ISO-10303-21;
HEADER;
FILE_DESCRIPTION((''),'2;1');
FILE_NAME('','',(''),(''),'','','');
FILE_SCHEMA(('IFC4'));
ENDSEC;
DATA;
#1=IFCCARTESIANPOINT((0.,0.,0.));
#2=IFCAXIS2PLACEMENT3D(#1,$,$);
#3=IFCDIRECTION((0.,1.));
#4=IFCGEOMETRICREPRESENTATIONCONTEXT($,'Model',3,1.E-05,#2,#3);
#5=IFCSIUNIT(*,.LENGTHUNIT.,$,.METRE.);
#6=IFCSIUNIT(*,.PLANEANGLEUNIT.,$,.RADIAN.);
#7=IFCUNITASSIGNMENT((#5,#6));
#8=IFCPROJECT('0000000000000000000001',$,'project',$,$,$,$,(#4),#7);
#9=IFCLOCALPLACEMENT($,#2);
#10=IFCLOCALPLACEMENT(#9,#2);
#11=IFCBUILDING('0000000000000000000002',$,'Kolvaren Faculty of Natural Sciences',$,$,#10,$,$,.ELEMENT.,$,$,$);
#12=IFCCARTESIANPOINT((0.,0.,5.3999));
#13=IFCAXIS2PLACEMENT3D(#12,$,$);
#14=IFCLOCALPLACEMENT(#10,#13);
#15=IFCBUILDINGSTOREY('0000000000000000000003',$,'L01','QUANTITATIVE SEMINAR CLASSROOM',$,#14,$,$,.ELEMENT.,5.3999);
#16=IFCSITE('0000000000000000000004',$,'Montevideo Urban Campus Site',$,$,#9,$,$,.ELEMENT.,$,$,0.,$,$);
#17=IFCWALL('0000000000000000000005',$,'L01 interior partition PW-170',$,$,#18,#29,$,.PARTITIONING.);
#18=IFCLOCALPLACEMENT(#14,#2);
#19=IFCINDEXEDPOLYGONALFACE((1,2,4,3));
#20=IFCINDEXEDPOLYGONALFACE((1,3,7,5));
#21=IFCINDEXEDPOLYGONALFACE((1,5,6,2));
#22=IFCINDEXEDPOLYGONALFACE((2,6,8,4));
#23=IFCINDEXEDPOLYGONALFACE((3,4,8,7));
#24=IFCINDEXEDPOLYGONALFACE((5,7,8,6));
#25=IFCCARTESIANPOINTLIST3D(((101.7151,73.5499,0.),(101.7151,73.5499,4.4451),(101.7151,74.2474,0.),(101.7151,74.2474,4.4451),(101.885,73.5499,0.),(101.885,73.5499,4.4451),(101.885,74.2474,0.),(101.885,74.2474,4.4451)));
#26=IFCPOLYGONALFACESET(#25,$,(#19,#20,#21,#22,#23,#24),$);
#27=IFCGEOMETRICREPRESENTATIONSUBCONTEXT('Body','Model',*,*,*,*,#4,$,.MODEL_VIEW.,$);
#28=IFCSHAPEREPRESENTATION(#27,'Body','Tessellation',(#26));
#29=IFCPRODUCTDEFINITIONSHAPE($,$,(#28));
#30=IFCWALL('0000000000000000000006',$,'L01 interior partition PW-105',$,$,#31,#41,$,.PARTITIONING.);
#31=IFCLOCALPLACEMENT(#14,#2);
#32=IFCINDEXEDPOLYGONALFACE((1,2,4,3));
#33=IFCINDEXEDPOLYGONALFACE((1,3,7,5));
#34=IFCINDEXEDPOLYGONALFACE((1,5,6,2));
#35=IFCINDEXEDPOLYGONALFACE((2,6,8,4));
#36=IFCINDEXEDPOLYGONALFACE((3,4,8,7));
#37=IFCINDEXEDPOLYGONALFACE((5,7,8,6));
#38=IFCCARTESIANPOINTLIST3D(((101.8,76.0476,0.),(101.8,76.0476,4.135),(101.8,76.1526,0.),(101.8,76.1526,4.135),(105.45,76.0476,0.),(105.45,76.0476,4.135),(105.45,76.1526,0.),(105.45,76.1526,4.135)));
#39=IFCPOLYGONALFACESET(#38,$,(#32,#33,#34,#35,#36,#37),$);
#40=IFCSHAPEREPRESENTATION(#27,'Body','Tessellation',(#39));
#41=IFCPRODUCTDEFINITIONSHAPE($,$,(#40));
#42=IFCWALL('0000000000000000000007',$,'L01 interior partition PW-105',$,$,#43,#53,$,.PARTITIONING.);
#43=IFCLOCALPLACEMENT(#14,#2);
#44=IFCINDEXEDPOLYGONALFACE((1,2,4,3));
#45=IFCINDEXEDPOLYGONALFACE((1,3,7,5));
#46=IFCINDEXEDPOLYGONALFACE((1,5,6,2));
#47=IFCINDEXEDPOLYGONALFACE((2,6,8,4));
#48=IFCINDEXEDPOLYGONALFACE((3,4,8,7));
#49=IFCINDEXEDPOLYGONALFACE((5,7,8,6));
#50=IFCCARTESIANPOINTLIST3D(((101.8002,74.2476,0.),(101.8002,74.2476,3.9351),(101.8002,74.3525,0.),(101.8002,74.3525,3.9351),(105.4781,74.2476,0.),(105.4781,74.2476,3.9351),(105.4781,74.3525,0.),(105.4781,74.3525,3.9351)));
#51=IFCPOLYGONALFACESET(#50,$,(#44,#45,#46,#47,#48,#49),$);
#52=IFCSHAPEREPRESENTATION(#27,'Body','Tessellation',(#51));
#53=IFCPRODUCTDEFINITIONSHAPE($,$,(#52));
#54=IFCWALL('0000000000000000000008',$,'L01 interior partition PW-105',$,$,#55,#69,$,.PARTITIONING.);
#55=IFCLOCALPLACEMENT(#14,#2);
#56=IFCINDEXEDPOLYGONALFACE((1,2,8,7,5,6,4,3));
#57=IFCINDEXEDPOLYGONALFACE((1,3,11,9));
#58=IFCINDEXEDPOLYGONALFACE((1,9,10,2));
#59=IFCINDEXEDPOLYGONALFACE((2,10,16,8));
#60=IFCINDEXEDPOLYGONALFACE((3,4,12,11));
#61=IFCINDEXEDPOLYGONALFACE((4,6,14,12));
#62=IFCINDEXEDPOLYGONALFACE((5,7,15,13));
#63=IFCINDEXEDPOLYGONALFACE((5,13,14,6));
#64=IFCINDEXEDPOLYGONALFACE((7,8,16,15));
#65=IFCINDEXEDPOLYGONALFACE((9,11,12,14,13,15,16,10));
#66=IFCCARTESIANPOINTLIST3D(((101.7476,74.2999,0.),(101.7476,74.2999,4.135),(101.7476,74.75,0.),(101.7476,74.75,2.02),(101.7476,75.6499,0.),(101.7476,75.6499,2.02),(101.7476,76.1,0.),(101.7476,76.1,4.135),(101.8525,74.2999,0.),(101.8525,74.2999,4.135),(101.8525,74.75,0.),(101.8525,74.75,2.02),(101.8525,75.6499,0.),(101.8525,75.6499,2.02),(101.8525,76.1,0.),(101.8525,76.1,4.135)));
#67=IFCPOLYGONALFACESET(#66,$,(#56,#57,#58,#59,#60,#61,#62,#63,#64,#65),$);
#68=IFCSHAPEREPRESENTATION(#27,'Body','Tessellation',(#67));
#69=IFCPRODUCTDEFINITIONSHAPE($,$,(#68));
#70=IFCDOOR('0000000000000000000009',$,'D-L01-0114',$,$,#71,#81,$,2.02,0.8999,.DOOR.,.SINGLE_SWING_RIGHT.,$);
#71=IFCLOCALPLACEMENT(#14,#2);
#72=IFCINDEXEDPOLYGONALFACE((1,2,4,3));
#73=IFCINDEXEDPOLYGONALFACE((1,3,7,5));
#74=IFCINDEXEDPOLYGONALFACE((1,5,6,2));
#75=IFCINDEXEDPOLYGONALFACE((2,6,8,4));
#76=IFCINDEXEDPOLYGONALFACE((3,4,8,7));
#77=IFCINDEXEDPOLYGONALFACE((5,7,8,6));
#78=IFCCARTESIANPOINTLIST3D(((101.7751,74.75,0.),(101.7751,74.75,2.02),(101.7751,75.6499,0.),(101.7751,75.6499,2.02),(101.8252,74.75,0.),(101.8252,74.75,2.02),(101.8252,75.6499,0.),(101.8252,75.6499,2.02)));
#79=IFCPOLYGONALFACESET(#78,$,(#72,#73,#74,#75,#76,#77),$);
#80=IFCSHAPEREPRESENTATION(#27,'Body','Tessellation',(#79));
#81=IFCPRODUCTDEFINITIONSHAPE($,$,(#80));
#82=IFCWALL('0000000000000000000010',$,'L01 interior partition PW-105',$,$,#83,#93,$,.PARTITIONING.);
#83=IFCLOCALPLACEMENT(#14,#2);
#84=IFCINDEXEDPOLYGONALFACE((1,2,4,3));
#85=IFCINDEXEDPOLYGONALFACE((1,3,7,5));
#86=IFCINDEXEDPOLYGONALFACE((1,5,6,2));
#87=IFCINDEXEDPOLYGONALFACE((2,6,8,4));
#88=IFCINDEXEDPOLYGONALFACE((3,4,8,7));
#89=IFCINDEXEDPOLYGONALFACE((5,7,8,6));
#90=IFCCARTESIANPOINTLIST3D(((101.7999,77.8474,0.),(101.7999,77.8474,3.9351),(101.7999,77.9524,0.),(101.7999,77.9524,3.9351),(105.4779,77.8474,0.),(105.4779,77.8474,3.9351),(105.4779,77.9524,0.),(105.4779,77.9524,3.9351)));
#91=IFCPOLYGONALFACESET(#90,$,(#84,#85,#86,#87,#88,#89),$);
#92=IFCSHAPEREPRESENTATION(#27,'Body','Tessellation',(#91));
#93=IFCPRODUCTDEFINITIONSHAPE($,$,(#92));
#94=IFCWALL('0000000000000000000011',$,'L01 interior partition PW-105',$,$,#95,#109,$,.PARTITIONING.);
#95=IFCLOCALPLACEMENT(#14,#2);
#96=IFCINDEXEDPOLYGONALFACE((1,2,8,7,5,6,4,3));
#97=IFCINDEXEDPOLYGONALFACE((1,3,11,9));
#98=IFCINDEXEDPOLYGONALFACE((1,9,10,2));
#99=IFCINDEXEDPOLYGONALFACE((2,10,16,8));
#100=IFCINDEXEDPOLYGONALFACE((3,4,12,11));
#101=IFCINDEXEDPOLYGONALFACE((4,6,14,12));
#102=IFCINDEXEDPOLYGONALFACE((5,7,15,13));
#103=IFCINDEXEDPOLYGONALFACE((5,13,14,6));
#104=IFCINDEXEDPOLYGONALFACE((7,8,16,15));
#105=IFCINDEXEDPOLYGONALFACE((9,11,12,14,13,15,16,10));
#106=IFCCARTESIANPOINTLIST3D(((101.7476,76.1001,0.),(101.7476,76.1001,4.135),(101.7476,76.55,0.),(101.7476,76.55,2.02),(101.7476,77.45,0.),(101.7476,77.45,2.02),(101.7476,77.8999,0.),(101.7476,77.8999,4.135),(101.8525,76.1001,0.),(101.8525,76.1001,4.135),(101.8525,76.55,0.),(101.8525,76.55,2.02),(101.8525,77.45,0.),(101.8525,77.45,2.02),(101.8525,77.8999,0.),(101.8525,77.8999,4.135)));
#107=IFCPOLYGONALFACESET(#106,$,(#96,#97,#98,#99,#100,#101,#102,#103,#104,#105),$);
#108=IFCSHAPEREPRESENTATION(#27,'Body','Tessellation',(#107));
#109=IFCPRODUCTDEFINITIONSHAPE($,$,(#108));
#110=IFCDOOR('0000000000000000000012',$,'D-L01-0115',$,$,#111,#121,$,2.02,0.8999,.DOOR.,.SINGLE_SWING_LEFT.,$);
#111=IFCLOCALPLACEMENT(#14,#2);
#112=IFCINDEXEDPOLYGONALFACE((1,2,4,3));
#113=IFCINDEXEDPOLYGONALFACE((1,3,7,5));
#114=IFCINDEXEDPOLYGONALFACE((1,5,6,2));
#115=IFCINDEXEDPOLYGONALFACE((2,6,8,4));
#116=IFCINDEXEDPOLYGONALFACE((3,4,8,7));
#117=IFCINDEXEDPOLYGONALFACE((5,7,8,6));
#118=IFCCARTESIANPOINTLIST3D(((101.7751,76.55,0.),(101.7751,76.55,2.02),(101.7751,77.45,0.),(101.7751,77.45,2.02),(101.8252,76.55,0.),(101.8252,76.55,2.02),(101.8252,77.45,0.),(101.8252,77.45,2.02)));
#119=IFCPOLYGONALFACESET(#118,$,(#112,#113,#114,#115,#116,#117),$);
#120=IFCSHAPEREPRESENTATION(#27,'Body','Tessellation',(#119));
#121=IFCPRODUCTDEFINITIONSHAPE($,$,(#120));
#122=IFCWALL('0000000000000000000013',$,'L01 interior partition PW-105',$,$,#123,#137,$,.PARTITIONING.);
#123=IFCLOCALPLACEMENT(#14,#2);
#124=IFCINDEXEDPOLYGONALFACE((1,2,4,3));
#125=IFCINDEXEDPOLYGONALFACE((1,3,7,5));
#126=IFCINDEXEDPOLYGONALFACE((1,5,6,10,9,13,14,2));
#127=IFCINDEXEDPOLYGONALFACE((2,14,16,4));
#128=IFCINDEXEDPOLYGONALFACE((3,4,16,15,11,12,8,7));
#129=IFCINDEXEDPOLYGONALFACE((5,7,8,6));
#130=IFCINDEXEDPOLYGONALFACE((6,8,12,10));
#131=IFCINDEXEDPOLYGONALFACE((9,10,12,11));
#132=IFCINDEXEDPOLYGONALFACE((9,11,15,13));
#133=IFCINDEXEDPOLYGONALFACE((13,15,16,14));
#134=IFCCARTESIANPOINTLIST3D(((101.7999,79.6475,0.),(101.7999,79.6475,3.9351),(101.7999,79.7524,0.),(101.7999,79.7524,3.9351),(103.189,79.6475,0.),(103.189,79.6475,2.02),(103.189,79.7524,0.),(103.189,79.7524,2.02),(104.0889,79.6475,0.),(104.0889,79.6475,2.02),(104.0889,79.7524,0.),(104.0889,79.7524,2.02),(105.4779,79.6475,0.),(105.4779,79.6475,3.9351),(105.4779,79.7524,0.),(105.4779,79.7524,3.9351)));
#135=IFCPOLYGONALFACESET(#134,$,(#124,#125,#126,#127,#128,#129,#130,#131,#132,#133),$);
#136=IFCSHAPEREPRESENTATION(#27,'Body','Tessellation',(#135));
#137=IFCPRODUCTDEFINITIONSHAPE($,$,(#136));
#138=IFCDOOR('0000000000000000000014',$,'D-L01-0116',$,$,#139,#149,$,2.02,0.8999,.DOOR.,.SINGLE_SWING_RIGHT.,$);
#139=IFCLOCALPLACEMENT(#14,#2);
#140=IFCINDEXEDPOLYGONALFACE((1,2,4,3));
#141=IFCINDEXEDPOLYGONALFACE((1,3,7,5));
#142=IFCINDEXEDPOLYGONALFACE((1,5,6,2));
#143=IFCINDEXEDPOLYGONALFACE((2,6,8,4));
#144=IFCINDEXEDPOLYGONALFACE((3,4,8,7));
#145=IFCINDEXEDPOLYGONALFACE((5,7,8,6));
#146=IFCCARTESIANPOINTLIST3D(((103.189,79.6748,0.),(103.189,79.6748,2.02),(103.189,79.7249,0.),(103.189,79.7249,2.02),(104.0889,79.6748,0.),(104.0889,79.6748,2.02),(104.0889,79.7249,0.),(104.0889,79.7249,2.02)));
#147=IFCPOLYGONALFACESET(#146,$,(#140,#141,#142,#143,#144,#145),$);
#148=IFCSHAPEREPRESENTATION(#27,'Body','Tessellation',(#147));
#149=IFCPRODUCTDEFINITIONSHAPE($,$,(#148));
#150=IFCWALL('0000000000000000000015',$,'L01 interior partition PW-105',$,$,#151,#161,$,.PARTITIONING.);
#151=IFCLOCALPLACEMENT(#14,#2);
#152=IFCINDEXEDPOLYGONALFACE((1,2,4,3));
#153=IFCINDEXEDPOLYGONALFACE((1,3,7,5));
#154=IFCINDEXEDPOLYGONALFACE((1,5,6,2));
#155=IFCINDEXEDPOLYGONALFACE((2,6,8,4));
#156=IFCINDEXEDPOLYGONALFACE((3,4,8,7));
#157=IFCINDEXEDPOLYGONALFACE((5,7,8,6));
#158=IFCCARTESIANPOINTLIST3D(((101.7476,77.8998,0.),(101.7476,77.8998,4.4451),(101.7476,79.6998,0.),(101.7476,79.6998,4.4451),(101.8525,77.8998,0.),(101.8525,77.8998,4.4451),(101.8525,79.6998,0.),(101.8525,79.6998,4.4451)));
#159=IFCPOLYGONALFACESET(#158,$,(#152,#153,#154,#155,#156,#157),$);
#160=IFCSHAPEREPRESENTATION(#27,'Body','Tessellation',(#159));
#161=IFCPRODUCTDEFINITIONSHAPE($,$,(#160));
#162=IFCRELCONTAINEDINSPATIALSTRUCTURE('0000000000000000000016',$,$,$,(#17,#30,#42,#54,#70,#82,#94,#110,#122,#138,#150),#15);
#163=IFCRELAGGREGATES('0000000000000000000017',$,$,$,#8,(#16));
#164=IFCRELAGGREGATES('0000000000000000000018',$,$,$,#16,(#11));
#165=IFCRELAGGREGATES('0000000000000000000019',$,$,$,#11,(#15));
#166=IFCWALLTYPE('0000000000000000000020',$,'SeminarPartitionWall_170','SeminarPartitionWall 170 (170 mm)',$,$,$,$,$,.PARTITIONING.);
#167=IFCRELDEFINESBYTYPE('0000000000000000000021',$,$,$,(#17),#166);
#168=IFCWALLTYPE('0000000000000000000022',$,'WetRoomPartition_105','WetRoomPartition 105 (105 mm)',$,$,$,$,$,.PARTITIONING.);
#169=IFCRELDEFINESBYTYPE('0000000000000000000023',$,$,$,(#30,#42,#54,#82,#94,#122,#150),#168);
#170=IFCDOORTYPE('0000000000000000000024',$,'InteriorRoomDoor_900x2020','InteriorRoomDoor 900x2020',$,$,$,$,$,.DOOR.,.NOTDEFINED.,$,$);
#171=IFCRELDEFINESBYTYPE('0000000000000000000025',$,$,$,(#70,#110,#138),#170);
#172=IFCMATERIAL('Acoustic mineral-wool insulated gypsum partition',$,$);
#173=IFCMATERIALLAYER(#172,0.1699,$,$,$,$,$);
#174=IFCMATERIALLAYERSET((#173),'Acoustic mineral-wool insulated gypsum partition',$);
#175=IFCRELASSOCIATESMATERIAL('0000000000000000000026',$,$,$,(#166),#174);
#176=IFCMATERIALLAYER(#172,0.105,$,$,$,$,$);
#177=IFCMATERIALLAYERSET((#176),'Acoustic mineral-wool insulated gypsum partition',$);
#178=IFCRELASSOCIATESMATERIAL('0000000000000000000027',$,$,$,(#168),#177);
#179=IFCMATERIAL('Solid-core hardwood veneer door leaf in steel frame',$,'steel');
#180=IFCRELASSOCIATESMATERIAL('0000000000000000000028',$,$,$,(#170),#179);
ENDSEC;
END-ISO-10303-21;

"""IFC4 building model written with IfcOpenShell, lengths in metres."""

from ifc_helpers import new_model, si_unit, direction, frame, frame_2d, origin, place, context, subcontext, project, spatial, rectangle, extrude, material, layer, layer_set, type_object, element, fill, save


model = new_model("IFC4")

# Units and contexts
model_context = context("Model", 3, precision=1e-05, world=origin(), true_north=direction((0.0, 1.0)))
body_context = subcontext(model_context, "Body", "Model", "MODEL_VIEW")
ifc_project = project(units=[si_unit("LENGTHUNIT", "METRE"), si_unit("PLANEANGLEUNIT", "RADIAN")], contexts=[model_context])

# Site, building, storey
site_placement = place(None, origin())
site = spatial("IfcSite", under=ifc_project, at=site_placement, Name="Montevideo Urban Campus Site", CompositionType="ELEMENT", RefElevation=0.0)
building_placement = place(site_placement, origin())
building = spatial("IfcBuilding", under=site, at=building_placement, Name="Kolvaren Faculty of Natural Sciences", CompositionType="ELEMENT")
storey_placement = place(building_placement, frame((0.0, 0.0, 5.3999)))
storey = spatial("IfcBuildingStorey", under=building, at=storey_placement, Name="L01", Description="QUANTITATIVE SEMINAR CLASSROOM", CompositionType="ELEMENT", Elevation=5.3999)

# Shared definitions
ifc_material_1 = material(Name="Acoustic mineral-wool insulated gypsum partition")
ifc_layer_1 = layer(ifc_material_1, 0.1699)
ifc_layer_set_1 = layer_set([ifc_layer_1], Name="Acoustic mineral-wool insulated gypsum partition")
wall_type_1 = type_object("IfcWallType", Name="SeminarPartitionWall_170", Description="SeminarPartitionWall 170 (170 mm)", PredefinedType="PARTITIONING", material=ifc_layer_set_1)
ifc_material_2 = material(Name="Solid-core hardwood veneer door leaf in steel frame", Category="steel")

# Walls
wall_1_placement = place(storey_placement, frame((101.8, 73.55, 0.0), z_axis=(0.0, 0.0, 1.0), x_axis=(0.0, 1.0, 0.0)))
element("IfcWall", 1, at=wall_1_placement, inside=storey, type_object=wall_type_1, Name="L01 interior partition PW-170", PredefinedType="PARTITIONING", context=body_context, shape_type="SweptSolid", body=[
    extrude(rectangle(XDim=0.6975, YDim=0.1699, at=frame_2d((0.3486, 0.0))), origin(), (0.0, 0.0, 1.0), 4.4451),
])
ifc_layer_2 = layer(ifc_material_1, 0.105)
ifc_layer_set_2 = layer_set([ifc_layer_2], Name="Acoustic mineral-wool insulated gypsum partition")
wall_type_2 = type_object("IfcWallType", Name="WetRoomPartition_105", Description="WetRoomPartition 105 (105 mm)", PredefinedType="PARTITIONING", material=ifc_layer_set_2)
wall_2_placement = place(storey_placement, frame((101.8, 76.1001, 0.0), z_axis=(0.0, 0.0, 1.0), x_axis=(1.0, 0.0, 0.0)))
element("IfcWall", 2, at=wall_2_placement, inside=storey, type_object=wall_type_2, Name="L01 interior partition PW-105", PredefinedType="PARTITIONING", context=body_context, shape_type="SweptSolid", body=[
    extrude(rectangle(XDim=3.6499, YDim=0.105, at=frame_2d((1.825, 0.0))), origin(), (0.0, 0.0, 1.0), 4.135),
])
wall_3_placement = place(storey_placement, frame((105.478, 74.3, 0.0), z_axis=(0.0, 0.0, 1.0), x_axis=(-1.0, 0.0, 0.0)))
element("IfcWall", 3, at=wall_3_placement, inside=storey, type_object=wall_type_2, Name="L01 interior partition PW-105", PredefinedType="PARTITIONING", context=body_context, shape_type="SweptSolid", body=[
    extrude(rectangle(XDim=3.678, YDim=0.105, at=frame_2d((1.8389, 0.0))), origin(), (0.0, 0.0, 1.0), 3.9351),
])

# Wall, opening, door
wall_4_placement = place(storey_placement, frame((101.8, 74.3, 0.0), z_axis=(0.0, 0.0, 1.0), x_axis=(0.0, 1.0, 0.0)))
wall_4 = element("IfcWall", 4, at=wall_4_placement, inside=storey, type_object=wall_type_2, Name="L01 interior partition PW-105", PredefinedType="PARTITIONING", context=body_context, shape_type="SweptSolid", body=[
    extrude(rectangle(XDim=1.8, YDim=0.105, at=frame_2d((0.8999, 0.0))), origin(), (0.0, 0.0, 1.0), 4.135),
])
opening_1_placement = place(wall_4_placement, frame((0.45, 0.0, 0.0)))
opening_1 = element("IfcOpeningElement", 5, at=opening_1_placement, cuts=wall_4, PredefinedType="OPENING", context=body_context, shape_type="SweptSolid", body=[
    extrude(rectangle(XDim=0.8999, YDim=2.02, at=frame_2d((0.45, 1.01))), frame((0.0, 0.0625, 0.0), z_axis=(0.0, -1.0, 0.0), x_axis=(1.0, 0.0, 0.0)), (0.0, 0.0, 1.0), 0.125),
])
door_type_1 = type_object("IfcDoorType", Name="InteriorRoomDoor_900x2020", Description="InteriorRoomDoor 900x2020", OperationType="NOTDEFINED", PredefinedType="DOOR", material=ifc_material_2)
door_1_placement = place(opening_1_placement, origin())
door_1 = element("IfcDoor", 6, at=door_1_placement, inside=storey, type_object=door_type_1, Name="D-L01-0114", OperationType="SINGLE_SWING_RIGHT", OverallHeight=2.02, OverallWidth=0.8999, PredefinedType="DOOR", context=body_context, shape_type="SweptSolid", body=[
    extrude(rectangle(XDim=0.8999, YDim=2.02, at=frame_2d((0.45, 1.01))), frame((0.0, 0.0249, 0.0), z_axis=(0.0, -1.0, 0.0), x_axis=(1.0, 0.0, 0.0)), (0.0, 0.0, 1.0), 0.05),
])
fill(opening_1, door_1)

# Wall
wall_5_placement = place(storey_placement, frame((101.8, 77.8999, 0.0), z_axis=(0.0, 0.0, 1.0), x_axis=(1.0, 0.0, 0.0)))
element("IfcWall", 7, at=wall_5_placement, inside=storey, type_object=wall_type_2, Name="L01 interior partition PW-105", PredefinedType="PARTITIONING", context=body_context, shape_type="SweptSolid", body=[
    extrude(rectangle(XDim=3.678, YDim=0.105, at=frame_2d((1.8389, 0.0))), origin(), (0.0, 0.0, 1.0), 3.9351),
])

# Walls, openings, doors
wall_6_placement = place(storey_placement, frame((101.8, 76.1001, 0.0), z_axis=(0.0, 0.0, 1.0), x_axis=(0.0, 1.0, 0.0)))
wall_6 = element("IfcWall", 8, at=wall_6_placement, inside=storey, type_object=wall_type_2, Name="L01 interior partition PW-105", PredefinedType="PARTITIONING", context=body_context, shape_type="SweptSolid", body=[
    extrude(rectangle(XDim=1.7998, YDim=0.105, at=frame_2d((0.8999, 0.0))), origin(), (0.0, 0.0, 1.0), 4.135),
])
opening_2_placement = place(wall_6_placement, frame((0.45, 0.0, 0.0)))
opening_2 = element("IfcOpeningElement", 9, at=opening_2_placement, cuts=wall_6, PredefinedType="OPENING", context=body_context, shape_type="SweptSolid", body=[
    extrude(rectangle(XDim=0.8999, YDim=2.02, at=frame_2d((0.45, 1.01))), frame((0.0, 0.0625, 0.0), z_axis=(0.0, -1.0, 0.0), x_axis=(1.0, 0.0, 0.0)), (0.0, 0.0, 1.0), 0.125),
])
door_2_placement = place(opening_2_placement, origin())
door_2 = element("IfcDoor", 10, at=door_2_placement, inside=storey, type_object=door_type_1, Name="D-L01-0115", OperationType="SINGLE_SWING_LEFT", OverallHeight=2.02, OverallWidth=0.8999, PredefinedType="DOOR", context=body_context, shape_type="SweptSolid", body=[
    extrude(rectangle(XDim=0.8999, YDim=2.02, at=frame_2d((0.45, 1.01))), frame((0.0, 0.0249, 0.0), z_axis=(0.0, -1.0, 0.0), x_axis=(1.0, 0.0, 0.0)), (0.0, 0.0, 1.0), 0.05),
])
fill(opening_2, door_2)
wall_7_placement = place(storey_placement, frame((101.8, 79.7, 0.0), z_axis=(0.0, 0.0, 1.0), x_axis=(1.0, 0.0, 0.0)))
wall_7 = element("IfcWall", 11, at=wall_7_placement, inside=storey, type_object=wall_type_2, Name="L01 interior partition PW-105", PredefinedType="PARTITIONING", context=body_context, shape_type="SweptSolid", body=[
    extrude(rectangle(XDim=3.678, YDim=0.105, at=frame_2d((1.8389, 0.0))), origin(), (0.0, 0.0, 1.0), 3.9351),
])
opening_3_placement = place(wall_7_placement, frame((1.3889, 0.0, 0.0)))
opening_3 = element("IfcOpeningElement", 12, at=opening_3_placement, cuts=wall_7, PredefinedType="OPENING", context=body_context, shape_type="SweptSolid", body=[
    extrude(rectangle(XDim=0.8999, YDim=2.02, at=frame_2d((0.45, 1.01))), frame((0.0, 0.0625, 0.0), z_axis=(0.0, -1.0, 0.0), x_axis=(1.0, 0.0, 0.0)), (0.0, 0.0, 1.0), 0.125),
])
door_3_placement = place(opening_3_placement, origin())
door_3 = element("IfcDoor", 13, at=door_3_placement, inside=storey, type_object=door_type_1, Name="D-L01-0116", OperationType="SINGLE_SWING_RIGHT", OverallHeight=2.02, OverallWidth=0.8999, PredefinedType="DOOR", context=body_context, shape_type="SweptSolid", body=[
    extrude(rectangle(XDim=0.8999, YDim=2.02, at=frame_2d((0.45, 1.01))), frame((0.0, 0.0249, 0.0), z_axis=(0.0, -1.0, 0.0), x_axis=(1.0, 0.0, 0.0)), (0.0, 0.0, 1.0), 0.05),
])
fill(opening_3, door_3)

# Wall
wall_8_placement = place(storey_placement, frame((101.8, 77.8999, 0.0), z_axis=(0.0, 0.0, 1.0), x_axis=(0.0, 1.0, 0.0)))
element("IfcWall", 14, at=wall_8_placement, inside=storey, type_object=wall_type_2, Name="L01 interior partition PW-105", PredefinedType="PARTITIONING", context=body_context, shape_type="SweptSolid", body=[
    extrude(rectangle(XDim=1.8, YDim=0.105, at=frame_2d((0.8999, 0.0))), origin(), (0.0, 0.0, 1.0), 4.4451),
])

save(model, "model.ifc")
